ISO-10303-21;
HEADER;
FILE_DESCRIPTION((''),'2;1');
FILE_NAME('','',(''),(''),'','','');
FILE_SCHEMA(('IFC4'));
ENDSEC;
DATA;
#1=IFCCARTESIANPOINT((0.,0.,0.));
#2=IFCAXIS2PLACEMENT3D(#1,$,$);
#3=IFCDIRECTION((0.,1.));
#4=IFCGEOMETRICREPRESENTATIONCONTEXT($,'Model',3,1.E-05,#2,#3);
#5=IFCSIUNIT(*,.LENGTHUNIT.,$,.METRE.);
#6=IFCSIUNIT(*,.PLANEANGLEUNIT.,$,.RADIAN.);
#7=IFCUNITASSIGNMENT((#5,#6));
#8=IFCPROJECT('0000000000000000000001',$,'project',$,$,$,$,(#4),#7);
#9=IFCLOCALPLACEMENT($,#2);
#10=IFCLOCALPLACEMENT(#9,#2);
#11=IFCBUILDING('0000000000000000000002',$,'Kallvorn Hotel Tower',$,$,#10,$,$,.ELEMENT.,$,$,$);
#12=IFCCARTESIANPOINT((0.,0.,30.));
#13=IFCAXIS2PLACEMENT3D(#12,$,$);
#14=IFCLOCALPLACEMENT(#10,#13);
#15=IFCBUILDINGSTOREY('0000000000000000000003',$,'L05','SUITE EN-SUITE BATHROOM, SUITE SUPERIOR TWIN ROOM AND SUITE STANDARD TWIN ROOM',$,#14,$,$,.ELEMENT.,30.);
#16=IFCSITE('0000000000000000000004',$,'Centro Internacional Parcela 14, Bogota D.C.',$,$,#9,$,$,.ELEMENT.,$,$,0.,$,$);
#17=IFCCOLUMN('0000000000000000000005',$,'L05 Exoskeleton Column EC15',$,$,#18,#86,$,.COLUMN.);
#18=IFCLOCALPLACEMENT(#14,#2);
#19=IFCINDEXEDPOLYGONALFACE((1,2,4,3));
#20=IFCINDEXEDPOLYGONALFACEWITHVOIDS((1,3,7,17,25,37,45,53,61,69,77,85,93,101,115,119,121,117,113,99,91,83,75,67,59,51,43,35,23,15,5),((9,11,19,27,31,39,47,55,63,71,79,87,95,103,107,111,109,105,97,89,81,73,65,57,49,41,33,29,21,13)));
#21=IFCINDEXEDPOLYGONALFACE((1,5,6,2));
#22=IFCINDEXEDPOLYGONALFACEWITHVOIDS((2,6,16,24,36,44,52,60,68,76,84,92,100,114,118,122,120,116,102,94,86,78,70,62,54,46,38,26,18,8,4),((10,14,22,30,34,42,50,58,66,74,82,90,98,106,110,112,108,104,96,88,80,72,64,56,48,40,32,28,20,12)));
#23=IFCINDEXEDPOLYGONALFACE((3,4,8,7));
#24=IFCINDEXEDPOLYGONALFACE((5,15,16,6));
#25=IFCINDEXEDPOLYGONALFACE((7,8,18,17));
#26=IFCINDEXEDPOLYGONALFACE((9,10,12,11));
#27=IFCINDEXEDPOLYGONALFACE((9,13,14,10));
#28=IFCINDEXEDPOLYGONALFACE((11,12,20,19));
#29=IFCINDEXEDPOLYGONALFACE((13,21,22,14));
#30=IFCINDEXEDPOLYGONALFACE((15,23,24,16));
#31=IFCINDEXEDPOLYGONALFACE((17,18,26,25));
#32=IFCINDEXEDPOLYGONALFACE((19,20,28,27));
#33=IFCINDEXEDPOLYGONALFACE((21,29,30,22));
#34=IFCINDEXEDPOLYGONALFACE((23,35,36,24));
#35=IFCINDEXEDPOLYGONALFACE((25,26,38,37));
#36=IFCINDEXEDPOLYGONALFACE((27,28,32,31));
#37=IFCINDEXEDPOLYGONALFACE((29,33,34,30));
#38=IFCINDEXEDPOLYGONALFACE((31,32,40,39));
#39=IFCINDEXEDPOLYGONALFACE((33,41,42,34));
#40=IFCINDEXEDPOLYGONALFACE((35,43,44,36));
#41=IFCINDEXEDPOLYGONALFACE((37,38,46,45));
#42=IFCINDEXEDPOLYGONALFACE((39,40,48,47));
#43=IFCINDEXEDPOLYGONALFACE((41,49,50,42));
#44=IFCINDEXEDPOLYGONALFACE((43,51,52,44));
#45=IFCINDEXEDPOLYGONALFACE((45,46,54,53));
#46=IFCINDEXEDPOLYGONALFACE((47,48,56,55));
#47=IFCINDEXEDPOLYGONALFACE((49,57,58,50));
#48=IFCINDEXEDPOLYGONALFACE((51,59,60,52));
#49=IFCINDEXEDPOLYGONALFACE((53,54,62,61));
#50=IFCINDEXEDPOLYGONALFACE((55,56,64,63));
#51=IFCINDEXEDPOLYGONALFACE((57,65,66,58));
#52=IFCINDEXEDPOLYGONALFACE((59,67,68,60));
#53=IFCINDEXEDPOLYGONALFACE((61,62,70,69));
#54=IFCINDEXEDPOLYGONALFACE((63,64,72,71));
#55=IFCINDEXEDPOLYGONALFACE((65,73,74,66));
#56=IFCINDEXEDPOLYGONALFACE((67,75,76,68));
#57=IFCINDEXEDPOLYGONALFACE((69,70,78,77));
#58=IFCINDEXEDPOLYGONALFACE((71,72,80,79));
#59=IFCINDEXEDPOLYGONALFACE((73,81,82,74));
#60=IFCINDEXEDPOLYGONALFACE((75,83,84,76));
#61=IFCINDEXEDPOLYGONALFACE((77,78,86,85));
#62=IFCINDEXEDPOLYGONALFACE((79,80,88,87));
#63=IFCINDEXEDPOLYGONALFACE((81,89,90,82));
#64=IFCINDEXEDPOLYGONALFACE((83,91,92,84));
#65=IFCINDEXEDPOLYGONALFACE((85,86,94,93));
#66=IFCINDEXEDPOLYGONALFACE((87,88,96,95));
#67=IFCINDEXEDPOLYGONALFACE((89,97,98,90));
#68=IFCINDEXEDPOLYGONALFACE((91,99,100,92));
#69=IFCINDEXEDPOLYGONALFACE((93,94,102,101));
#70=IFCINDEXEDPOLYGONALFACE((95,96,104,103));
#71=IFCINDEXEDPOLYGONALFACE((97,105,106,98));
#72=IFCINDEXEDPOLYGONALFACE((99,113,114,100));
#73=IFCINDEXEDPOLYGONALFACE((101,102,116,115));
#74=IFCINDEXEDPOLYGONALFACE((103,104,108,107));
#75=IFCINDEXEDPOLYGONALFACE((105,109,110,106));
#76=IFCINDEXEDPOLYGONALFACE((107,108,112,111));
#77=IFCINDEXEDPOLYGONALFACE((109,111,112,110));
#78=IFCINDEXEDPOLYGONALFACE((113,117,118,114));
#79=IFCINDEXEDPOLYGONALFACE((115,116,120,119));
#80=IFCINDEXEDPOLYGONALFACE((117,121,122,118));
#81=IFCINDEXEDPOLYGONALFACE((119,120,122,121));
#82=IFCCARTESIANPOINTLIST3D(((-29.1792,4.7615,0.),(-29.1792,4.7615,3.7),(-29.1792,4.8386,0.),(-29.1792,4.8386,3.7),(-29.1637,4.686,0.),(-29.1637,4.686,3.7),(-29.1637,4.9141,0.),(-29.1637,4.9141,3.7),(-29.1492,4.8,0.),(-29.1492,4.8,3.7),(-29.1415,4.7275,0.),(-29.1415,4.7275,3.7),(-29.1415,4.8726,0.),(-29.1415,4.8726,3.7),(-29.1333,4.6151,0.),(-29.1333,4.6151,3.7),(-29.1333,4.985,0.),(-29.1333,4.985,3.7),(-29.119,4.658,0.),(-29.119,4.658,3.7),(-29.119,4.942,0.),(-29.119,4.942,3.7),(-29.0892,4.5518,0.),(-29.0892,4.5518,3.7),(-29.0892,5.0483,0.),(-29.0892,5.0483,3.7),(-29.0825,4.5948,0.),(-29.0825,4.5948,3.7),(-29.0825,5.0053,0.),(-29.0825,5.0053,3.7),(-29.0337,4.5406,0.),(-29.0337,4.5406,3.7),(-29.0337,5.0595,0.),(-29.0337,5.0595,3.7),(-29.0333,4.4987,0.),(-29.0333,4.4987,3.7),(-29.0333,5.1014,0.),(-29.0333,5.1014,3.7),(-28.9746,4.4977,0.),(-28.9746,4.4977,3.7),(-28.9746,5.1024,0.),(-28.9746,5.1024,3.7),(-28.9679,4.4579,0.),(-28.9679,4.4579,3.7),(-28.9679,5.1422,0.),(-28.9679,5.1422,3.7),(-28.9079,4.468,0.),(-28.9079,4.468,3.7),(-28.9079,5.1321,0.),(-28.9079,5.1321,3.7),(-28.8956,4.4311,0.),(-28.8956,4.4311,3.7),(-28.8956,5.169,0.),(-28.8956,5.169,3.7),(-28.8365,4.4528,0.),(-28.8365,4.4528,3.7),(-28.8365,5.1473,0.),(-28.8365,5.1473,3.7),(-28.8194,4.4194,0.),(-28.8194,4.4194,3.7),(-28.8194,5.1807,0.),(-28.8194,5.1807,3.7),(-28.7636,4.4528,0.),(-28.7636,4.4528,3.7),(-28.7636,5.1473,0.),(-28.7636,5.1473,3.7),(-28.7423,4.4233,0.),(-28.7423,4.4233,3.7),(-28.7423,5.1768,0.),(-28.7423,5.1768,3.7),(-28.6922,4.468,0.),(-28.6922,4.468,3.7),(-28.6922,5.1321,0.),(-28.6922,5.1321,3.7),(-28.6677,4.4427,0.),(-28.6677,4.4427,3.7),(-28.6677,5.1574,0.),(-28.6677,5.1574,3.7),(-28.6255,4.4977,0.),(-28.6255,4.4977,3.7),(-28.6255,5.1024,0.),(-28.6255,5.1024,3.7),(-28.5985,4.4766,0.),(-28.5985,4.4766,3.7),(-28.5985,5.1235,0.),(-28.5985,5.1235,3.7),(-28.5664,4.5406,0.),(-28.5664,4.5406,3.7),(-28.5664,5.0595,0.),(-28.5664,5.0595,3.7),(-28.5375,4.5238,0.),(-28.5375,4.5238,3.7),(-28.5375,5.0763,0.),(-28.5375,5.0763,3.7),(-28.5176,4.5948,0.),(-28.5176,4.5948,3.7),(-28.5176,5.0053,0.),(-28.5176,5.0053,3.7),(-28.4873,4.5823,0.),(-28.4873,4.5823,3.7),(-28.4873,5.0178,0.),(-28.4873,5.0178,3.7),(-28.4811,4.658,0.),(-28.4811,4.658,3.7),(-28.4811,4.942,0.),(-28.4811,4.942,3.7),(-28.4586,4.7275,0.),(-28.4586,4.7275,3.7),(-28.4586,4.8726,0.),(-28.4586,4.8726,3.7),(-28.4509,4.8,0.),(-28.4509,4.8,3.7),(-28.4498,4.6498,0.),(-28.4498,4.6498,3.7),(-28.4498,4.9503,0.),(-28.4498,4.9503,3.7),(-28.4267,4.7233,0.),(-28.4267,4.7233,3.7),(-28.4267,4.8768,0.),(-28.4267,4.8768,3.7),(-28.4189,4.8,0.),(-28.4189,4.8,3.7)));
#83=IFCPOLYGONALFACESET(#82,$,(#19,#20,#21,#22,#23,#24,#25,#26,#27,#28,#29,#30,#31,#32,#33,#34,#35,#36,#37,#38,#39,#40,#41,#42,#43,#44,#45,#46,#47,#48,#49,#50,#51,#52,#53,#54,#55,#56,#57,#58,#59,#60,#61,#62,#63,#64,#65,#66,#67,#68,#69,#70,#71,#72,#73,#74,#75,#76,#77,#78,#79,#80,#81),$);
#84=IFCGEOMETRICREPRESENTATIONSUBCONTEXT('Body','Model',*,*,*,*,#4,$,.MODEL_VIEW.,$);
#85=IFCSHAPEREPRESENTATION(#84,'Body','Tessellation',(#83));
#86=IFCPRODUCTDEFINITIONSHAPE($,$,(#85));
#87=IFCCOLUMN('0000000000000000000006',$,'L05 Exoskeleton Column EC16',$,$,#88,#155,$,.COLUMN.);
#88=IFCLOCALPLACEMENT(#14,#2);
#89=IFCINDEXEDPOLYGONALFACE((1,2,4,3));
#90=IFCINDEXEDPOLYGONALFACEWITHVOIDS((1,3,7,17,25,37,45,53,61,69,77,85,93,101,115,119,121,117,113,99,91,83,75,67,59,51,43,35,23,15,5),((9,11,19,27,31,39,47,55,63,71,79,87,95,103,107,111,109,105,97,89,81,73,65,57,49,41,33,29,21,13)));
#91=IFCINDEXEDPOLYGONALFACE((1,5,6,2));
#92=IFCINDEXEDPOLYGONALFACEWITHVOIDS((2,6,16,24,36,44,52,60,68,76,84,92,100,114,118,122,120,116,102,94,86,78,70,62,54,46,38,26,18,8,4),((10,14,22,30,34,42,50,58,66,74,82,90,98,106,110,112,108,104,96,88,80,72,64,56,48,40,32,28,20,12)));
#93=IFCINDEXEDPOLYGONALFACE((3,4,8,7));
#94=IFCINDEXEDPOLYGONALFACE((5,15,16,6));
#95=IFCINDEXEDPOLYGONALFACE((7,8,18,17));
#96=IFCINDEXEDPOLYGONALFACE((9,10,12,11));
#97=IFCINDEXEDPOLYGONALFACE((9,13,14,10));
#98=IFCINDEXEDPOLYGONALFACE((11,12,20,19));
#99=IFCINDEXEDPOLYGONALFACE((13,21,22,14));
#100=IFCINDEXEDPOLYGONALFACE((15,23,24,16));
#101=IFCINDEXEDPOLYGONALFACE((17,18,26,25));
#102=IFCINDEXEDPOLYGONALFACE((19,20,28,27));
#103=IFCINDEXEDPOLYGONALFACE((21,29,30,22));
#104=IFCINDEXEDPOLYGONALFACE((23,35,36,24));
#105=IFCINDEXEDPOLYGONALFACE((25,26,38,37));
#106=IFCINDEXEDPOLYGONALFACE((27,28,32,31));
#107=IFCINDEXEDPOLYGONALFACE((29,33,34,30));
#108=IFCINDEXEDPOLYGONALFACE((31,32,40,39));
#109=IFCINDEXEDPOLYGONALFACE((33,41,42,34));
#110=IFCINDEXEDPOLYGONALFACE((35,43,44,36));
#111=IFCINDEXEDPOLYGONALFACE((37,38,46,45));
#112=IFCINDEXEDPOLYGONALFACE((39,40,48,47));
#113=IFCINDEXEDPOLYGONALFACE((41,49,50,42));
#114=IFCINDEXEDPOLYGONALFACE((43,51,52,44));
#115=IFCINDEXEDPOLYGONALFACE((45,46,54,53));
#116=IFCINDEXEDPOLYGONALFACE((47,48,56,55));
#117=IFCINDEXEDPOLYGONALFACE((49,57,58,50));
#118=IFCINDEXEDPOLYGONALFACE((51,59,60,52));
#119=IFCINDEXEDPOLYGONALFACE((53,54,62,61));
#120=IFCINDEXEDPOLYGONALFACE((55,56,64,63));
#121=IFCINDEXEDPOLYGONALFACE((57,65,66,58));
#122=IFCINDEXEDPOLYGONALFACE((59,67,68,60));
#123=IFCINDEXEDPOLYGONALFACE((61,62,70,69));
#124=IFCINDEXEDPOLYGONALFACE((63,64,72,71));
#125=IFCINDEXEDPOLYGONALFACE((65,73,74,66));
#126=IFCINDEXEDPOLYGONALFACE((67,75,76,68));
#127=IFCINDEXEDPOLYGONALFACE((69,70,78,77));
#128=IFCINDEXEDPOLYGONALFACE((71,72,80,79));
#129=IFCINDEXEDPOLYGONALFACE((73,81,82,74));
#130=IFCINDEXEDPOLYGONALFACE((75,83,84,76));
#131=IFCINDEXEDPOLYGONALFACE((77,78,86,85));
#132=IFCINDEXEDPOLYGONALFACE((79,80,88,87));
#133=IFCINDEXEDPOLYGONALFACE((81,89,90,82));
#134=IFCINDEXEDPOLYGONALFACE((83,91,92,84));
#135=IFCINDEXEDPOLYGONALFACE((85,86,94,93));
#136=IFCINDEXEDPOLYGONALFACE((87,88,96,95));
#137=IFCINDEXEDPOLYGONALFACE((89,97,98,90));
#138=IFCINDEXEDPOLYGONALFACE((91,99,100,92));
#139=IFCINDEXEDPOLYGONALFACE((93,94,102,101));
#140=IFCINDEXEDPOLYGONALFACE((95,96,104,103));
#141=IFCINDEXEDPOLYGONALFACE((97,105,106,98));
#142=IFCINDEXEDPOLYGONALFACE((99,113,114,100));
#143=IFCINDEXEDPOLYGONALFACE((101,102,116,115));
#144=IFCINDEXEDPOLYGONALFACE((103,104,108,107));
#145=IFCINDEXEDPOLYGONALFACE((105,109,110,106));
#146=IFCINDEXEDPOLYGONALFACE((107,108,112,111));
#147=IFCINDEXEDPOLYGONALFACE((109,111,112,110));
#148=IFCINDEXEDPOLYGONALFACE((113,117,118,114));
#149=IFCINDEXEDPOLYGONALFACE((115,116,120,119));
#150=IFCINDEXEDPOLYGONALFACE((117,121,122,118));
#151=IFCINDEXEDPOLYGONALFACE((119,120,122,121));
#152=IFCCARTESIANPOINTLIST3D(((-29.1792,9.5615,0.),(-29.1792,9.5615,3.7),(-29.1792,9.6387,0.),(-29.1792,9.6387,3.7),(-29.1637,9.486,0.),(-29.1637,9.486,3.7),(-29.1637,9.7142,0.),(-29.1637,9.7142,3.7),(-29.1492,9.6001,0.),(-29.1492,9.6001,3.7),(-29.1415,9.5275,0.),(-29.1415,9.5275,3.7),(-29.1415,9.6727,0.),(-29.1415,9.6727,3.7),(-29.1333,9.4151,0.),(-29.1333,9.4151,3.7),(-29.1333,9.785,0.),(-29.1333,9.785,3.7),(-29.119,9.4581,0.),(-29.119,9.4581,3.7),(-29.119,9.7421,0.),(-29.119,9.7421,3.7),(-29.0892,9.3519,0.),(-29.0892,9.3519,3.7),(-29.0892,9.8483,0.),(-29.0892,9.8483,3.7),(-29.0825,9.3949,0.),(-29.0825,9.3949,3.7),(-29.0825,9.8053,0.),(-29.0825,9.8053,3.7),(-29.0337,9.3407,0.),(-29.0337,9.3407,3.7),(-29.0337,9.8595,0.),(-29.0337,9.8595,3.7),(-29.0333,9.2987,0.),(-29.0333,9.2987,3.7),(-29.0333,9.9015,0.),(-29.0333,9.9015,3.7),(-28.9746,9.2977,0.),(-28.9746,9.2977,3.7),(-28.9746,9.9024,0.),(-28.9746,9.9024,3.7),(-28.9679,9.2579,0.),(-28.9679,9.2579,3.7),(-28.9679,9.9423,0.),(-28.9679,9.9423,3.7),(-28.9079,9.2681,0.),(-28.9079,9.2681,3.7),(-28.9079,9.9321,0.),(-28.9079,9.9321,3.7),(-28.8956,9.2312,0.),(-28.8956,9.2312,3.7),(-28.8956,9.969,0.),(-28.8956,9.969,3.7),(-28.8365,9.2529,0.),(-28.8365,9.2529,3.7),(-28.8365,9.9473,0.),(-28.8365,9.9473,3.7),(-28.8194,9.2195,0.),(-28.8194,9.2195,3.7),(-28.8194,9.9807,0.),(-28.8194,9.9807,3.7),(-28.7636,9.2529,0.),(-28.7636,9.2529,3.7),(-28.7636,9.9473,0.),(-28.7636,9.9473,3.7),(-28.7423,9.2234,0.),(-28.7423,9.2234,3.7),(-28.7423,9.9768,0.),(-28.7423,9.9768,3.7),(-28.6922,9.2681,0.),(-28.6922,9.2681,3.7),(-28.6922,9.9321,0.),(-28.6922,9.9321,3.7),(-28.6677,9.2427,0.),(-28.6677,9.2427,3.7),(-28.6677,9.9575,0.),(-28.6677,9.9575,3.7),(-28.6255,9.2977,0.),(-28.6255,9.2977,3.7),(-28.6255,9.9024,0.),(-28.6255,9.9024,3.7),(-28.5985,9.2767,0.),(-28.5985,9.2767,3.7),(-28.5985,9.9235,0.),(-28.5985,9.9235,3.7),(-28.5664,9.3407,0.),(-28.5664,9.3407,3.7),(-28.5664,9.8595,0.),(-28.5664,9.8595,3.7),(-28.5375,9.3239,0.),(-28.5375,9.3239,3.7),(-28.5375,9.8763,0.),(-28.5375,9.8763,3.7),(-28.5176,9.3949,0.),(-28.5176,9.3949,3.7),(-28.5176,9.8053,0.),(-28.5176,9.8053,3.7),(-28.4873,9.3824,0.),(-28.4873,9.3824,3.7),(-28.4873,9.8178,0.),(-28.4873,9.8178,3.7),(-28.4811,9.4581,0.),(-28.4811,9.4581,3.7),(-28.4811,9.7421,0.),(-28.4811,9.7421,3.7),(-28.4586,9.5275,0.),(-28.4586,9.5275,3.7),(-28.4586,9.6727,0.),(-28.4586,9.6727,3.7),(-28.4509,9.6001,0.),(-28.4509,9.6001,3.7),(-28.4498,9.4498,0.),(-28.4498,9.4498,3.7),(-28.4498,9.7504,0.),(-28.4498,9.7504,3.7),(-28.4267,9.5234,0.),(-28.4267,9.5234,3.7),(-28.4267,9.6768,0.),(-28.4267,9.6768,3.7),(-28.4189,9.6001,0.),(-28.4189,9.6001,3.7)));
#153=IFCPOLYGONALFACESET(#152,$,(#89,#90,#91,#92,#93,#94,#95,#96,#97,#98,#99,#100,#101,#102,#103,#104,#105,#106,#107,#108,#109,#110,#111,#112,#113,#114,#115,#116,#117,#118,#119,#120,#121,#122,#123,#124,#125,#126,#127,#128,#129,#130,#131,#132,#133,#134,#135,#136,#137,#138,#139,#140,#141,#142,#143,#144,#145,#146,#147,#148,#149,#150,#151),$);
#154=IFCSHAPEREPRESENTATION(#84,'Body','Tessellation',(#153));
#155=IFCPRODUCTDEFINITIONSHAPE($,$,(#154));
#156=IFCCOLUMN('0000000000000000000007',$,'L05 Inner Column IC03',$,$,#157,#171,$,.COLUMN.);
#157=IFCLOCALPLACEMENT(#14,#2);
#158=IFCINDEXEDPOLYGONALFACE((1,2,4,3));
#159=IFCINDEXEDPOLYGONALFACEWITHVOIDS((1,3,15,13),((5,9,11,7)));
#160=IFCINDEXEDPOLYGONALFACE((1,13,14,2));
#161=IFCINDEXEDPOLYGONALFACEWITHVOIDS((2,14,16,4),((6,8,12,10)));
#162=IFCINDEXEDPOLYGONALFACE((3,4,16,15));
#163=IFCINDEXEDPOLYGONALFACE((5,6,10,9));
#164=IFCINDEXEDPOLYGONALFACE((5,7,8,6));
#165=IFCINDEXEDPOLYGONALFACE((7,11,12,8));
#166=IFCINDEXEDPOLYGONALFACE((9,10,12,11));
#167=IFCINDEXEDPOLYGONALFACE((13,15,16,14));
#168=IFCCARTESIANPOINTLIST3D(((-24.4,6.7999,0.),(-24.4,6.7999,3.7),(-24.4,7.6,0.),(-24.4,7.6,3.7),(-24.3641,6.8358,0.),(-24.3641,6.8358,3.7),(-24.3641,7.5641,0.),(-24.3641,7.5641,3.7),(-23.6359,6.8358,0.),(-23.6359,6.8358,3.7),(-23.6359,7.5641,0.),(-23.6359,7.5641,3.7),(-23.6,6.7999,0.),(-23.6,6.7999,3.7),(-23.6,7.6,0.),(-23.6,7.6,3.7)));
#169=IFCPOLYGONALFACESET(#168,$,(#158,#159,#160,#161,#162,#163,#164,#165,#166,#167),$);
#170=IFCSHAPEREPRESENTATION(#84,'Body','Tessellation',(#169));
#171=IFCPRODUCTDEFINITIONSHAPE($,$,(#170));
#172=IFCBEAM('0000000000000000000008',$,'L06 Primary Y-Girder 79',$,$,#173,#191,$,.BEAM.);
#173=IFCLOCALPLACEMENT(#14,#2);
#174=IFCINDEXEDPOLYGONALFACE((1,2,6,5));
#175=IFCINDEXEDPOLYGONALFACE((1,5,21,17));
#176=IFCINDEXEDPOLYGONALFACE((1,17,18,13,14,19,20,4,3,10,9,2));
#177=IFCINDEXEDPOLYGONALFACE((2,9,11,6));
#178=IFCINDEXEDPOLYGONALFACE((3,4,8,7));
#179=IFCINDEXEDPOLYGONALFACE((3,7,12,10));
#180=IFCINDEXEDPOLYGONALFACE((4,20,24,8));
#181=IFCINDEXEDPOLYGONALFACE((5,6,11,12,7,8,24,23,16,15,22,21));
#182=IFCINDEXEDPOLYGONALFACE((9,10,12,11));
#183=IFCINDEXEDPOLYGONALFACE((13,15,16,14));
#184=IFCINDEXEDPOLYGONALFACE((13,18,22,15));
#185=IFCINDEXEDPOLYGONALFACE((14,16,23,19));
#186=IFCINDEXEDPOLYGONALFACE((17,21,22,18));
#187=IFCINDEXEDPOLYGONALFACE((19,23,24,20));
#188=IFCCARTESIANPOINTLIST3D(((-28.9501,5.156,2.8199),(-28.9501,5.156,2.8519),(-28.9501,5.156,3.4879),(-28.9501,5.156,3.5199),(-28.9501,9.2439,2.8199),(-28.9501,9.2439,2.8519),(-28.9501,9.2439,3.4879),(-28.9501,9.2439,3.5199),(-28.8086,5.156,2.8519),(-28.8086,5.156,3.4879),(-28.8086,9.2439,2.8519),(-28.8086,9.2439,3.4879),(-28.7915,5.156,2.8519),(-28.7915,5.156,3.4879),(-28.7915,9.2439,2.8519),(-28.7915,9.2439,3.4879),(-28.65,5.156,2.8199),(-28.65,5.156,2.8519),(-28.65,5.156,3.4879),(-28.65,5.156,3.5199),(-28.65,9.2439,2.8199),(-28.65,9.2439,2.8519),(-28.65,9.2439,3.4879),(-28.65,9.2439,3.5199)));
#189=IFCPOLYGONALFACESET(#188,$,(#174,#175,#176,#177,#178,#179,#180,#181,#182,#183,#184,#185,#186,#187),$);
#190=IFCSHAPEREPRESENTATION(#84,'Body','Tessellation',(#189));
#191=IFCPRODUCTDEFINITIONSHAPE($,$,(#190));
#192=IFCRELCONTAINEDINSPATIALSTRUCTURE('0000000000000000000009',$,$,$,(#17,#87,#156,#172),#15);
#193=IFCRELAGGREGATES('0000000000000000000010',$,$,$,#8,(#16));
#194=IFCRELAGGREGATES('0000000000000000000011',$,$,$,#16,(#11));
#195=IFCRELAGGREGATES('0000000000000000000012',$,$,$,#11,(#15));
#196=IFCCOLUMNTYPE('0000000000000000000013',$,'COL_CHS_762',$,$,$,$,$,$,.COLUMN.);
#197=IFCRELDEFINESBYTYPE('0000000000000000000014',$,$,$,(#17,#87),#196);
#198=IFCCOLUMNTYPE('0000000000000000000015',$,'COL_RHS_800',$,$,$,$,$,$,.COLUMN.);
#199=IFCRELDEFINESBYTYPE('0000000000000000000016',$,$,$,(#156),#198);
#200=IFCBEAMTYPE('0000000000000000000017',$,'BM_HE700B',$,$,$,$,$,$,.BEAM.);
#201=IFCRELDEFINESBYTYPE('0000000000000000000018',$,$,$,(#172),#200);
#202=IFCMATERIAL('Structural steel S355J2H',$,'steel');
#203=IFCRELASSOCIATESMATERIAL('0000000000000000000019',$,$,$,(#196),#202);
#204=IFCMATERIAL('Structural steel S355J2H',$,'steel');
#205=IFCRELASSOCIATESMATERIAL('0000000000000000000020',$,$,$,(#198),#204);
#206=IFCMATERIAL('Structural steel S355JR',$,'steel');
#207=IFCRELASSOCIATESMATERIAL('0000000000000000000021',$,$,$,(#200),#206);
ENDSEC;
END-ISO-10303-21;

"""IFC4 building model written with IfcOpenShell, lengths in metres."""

from ifc_helpers import new_model, si_unit, direction, frame, origin, origin_2d, place, context, subcontext, project, spatial, hollow_rectangle, hollow_circle, i_section, extrude, material, material_profile, profile_set, type_object, element, save


model = new_model("IFC4")

# Units and contexts
model_context = context("Model", 3, precision=1e-05, world=origin(), true_north=direction((0.0, 1.0)))
body_context = subcontext(model_context, "Body", "Model", "MODEL_VIEW")
ifc_project = project(units=[si_unit("LENGTHUNIT", "METRE"), si_unit("PLANEANGLEUNIT", "RADIAN")], contexts=[model_context])

# Site, building, storey
site_placement = place(None, origin())
site = spatial("IfcSite", under=ifc_project, at=site_placement, Name="Centro Internacional Parcela 14, Bogota D.C.", CompositionType="ELEMENT", RefElevation=0.0)
building_placement = place(site_placement, origin())
building = spatial("IfcBuilding", under=site, at=building_placement, Name="Kallvorn Hotel Tower", CompositionType="ELEMENT")
storey_placement = place(building_placement, frame((0.0, 0.0, 30.0)))
storey = spatial("IfcBuildingStorey", under=building, at=storey_placement, Name="L05", Description="SUITE EN-SUITE BATHROOM, SUITE SUPERIOR TWIN ROOM AND SUITE STANDARD TWIN ROOM", CompositionType="ELEMENT", Elevation=30.0)

# Columns
ifc_material_1 = material(Name="Structural steel S355J2H", Category="steel")
ifc_material_profile_1 = material_profile(ifc_material_1, hollow_circle(Radius=0.3811, WallThickness=0.032, at=origin_2d()), Name="CHS 762x32")
ifc_profile_set_1 = profile_set([ifc_material_profile_1], Name="Structural steel S355J2H")
column_type_1 = type_object("IfcColumnType", Name="COL_CHS_762", PredefinedType="COLUMN", material=ifc_profile_set_1)
for number, where, z_axis, x_axis, name in (
    (1, (-28.8, 4.8, 0.0), (0.0, 0.0, 1.0), (1.0, 0.0, 0.0), "L05 Exoskeleton Column EC15"),
    (2, (-28.8, 9.6001, 0.0), (0.0, 0.0, 1.0), (1.0, 0.0, 0.0), "L05 Exoskeleton Column EC16"),
):
    element("IfcColumn", number, at=place(storey_placement, frame(where, z_axis=z_axis, x_axis=x_axis)), inside=storey, type_object=column_type_1, Name=name, PredefinedType="COLUMN", context=body_context, shape_type="SweptSolid", body=[
        extrude(hollow_circle(Radius=0.3811, WallThickness=0.032, at=origin_2d()), origin(), (0.0, 0.0, 1.0), 3.7),
    ])
ifc_material_2 = material(Name="Structural steel S355J2H", Category="steel")
ifc_material_profile_2 = material_profile(ifc_material_2, hollow_rectangle(XDim=0.8, YDim=0.8, WallThickness=0.0359, at=origin_2d()), Name="RHS 800x800x36")
ifc_profile_set_2 = profile_set([ifc_material_profile_2], Name="Structural steel S355J2H")
column_type_2 = type_object("IfcColumnType", Name="COL_RHS_800", PredefinedType="COLUMN", material=ifc_profile_set_2)
column_placement = place(storey_placement, frame((-24.0, 7.2, 0.0), z_axis=(0.0, 0.0, 1.0), x_axis=(1.0, 0.0, 0.0)))
element("IfcColumn", 3, at=column_placement, inside=storey, type_object=column_type_2, Name="L05 Inner Column IC03", PredefinedType="COLUMN", context=body_context, shape_type="SweptSolid", body=[
    extrude(hollow_rectangle(XDim=0.8, YDim=0.8, WallThickness=0.0359, at=origin_2d()), origin(), (0.0, 0.0, 1.0), 3.7),
])

# Beam
ifc_material_3 = material(Name="Structural steel S355JR", Category="steel")
ifc_material_profile_3 = material_profile(ifc_material_3, i_section(OverallWidth=0.3, OverallDepth=0.7, WebThickness=0.0171, FlangeThickness=0.032, at=origin_2d()), Name="HE 700 B")
ifc_profile_set_3 = profile_set([ifc_material_profile_3], Name="Structural steel S355JR")
beam_type_1 = type_object("IfcBeamType", Name="BM_HE700B", PredefinedType="BEAM", material=ifc_profile_set_3)
beam_1_placement = place(storey_placement, frame((-28.8, 5.156, 3.1699), z_axis=(0.0, 1.0, 0.0), x_axis=(-1.0, 0.0, 0.0)))
element("IfcBeam", 4, at=beam_1_placement, inside=storey, type_object=beam_type_1, Name="L06 Primary Y-Girder 79", PredefinedType="BEAM", context=body_context, shape_type="SweptSolid", body=[
    extrude(i_section(OverallWidth=0.3, OverallDepth=0.7, WebThickness=0.0171, FlangeThickness=0.032, at=origin_2d()), origin(), (0.0, 0.0, 1.0), 4.0879),
])

save(model, "model.ifc")
